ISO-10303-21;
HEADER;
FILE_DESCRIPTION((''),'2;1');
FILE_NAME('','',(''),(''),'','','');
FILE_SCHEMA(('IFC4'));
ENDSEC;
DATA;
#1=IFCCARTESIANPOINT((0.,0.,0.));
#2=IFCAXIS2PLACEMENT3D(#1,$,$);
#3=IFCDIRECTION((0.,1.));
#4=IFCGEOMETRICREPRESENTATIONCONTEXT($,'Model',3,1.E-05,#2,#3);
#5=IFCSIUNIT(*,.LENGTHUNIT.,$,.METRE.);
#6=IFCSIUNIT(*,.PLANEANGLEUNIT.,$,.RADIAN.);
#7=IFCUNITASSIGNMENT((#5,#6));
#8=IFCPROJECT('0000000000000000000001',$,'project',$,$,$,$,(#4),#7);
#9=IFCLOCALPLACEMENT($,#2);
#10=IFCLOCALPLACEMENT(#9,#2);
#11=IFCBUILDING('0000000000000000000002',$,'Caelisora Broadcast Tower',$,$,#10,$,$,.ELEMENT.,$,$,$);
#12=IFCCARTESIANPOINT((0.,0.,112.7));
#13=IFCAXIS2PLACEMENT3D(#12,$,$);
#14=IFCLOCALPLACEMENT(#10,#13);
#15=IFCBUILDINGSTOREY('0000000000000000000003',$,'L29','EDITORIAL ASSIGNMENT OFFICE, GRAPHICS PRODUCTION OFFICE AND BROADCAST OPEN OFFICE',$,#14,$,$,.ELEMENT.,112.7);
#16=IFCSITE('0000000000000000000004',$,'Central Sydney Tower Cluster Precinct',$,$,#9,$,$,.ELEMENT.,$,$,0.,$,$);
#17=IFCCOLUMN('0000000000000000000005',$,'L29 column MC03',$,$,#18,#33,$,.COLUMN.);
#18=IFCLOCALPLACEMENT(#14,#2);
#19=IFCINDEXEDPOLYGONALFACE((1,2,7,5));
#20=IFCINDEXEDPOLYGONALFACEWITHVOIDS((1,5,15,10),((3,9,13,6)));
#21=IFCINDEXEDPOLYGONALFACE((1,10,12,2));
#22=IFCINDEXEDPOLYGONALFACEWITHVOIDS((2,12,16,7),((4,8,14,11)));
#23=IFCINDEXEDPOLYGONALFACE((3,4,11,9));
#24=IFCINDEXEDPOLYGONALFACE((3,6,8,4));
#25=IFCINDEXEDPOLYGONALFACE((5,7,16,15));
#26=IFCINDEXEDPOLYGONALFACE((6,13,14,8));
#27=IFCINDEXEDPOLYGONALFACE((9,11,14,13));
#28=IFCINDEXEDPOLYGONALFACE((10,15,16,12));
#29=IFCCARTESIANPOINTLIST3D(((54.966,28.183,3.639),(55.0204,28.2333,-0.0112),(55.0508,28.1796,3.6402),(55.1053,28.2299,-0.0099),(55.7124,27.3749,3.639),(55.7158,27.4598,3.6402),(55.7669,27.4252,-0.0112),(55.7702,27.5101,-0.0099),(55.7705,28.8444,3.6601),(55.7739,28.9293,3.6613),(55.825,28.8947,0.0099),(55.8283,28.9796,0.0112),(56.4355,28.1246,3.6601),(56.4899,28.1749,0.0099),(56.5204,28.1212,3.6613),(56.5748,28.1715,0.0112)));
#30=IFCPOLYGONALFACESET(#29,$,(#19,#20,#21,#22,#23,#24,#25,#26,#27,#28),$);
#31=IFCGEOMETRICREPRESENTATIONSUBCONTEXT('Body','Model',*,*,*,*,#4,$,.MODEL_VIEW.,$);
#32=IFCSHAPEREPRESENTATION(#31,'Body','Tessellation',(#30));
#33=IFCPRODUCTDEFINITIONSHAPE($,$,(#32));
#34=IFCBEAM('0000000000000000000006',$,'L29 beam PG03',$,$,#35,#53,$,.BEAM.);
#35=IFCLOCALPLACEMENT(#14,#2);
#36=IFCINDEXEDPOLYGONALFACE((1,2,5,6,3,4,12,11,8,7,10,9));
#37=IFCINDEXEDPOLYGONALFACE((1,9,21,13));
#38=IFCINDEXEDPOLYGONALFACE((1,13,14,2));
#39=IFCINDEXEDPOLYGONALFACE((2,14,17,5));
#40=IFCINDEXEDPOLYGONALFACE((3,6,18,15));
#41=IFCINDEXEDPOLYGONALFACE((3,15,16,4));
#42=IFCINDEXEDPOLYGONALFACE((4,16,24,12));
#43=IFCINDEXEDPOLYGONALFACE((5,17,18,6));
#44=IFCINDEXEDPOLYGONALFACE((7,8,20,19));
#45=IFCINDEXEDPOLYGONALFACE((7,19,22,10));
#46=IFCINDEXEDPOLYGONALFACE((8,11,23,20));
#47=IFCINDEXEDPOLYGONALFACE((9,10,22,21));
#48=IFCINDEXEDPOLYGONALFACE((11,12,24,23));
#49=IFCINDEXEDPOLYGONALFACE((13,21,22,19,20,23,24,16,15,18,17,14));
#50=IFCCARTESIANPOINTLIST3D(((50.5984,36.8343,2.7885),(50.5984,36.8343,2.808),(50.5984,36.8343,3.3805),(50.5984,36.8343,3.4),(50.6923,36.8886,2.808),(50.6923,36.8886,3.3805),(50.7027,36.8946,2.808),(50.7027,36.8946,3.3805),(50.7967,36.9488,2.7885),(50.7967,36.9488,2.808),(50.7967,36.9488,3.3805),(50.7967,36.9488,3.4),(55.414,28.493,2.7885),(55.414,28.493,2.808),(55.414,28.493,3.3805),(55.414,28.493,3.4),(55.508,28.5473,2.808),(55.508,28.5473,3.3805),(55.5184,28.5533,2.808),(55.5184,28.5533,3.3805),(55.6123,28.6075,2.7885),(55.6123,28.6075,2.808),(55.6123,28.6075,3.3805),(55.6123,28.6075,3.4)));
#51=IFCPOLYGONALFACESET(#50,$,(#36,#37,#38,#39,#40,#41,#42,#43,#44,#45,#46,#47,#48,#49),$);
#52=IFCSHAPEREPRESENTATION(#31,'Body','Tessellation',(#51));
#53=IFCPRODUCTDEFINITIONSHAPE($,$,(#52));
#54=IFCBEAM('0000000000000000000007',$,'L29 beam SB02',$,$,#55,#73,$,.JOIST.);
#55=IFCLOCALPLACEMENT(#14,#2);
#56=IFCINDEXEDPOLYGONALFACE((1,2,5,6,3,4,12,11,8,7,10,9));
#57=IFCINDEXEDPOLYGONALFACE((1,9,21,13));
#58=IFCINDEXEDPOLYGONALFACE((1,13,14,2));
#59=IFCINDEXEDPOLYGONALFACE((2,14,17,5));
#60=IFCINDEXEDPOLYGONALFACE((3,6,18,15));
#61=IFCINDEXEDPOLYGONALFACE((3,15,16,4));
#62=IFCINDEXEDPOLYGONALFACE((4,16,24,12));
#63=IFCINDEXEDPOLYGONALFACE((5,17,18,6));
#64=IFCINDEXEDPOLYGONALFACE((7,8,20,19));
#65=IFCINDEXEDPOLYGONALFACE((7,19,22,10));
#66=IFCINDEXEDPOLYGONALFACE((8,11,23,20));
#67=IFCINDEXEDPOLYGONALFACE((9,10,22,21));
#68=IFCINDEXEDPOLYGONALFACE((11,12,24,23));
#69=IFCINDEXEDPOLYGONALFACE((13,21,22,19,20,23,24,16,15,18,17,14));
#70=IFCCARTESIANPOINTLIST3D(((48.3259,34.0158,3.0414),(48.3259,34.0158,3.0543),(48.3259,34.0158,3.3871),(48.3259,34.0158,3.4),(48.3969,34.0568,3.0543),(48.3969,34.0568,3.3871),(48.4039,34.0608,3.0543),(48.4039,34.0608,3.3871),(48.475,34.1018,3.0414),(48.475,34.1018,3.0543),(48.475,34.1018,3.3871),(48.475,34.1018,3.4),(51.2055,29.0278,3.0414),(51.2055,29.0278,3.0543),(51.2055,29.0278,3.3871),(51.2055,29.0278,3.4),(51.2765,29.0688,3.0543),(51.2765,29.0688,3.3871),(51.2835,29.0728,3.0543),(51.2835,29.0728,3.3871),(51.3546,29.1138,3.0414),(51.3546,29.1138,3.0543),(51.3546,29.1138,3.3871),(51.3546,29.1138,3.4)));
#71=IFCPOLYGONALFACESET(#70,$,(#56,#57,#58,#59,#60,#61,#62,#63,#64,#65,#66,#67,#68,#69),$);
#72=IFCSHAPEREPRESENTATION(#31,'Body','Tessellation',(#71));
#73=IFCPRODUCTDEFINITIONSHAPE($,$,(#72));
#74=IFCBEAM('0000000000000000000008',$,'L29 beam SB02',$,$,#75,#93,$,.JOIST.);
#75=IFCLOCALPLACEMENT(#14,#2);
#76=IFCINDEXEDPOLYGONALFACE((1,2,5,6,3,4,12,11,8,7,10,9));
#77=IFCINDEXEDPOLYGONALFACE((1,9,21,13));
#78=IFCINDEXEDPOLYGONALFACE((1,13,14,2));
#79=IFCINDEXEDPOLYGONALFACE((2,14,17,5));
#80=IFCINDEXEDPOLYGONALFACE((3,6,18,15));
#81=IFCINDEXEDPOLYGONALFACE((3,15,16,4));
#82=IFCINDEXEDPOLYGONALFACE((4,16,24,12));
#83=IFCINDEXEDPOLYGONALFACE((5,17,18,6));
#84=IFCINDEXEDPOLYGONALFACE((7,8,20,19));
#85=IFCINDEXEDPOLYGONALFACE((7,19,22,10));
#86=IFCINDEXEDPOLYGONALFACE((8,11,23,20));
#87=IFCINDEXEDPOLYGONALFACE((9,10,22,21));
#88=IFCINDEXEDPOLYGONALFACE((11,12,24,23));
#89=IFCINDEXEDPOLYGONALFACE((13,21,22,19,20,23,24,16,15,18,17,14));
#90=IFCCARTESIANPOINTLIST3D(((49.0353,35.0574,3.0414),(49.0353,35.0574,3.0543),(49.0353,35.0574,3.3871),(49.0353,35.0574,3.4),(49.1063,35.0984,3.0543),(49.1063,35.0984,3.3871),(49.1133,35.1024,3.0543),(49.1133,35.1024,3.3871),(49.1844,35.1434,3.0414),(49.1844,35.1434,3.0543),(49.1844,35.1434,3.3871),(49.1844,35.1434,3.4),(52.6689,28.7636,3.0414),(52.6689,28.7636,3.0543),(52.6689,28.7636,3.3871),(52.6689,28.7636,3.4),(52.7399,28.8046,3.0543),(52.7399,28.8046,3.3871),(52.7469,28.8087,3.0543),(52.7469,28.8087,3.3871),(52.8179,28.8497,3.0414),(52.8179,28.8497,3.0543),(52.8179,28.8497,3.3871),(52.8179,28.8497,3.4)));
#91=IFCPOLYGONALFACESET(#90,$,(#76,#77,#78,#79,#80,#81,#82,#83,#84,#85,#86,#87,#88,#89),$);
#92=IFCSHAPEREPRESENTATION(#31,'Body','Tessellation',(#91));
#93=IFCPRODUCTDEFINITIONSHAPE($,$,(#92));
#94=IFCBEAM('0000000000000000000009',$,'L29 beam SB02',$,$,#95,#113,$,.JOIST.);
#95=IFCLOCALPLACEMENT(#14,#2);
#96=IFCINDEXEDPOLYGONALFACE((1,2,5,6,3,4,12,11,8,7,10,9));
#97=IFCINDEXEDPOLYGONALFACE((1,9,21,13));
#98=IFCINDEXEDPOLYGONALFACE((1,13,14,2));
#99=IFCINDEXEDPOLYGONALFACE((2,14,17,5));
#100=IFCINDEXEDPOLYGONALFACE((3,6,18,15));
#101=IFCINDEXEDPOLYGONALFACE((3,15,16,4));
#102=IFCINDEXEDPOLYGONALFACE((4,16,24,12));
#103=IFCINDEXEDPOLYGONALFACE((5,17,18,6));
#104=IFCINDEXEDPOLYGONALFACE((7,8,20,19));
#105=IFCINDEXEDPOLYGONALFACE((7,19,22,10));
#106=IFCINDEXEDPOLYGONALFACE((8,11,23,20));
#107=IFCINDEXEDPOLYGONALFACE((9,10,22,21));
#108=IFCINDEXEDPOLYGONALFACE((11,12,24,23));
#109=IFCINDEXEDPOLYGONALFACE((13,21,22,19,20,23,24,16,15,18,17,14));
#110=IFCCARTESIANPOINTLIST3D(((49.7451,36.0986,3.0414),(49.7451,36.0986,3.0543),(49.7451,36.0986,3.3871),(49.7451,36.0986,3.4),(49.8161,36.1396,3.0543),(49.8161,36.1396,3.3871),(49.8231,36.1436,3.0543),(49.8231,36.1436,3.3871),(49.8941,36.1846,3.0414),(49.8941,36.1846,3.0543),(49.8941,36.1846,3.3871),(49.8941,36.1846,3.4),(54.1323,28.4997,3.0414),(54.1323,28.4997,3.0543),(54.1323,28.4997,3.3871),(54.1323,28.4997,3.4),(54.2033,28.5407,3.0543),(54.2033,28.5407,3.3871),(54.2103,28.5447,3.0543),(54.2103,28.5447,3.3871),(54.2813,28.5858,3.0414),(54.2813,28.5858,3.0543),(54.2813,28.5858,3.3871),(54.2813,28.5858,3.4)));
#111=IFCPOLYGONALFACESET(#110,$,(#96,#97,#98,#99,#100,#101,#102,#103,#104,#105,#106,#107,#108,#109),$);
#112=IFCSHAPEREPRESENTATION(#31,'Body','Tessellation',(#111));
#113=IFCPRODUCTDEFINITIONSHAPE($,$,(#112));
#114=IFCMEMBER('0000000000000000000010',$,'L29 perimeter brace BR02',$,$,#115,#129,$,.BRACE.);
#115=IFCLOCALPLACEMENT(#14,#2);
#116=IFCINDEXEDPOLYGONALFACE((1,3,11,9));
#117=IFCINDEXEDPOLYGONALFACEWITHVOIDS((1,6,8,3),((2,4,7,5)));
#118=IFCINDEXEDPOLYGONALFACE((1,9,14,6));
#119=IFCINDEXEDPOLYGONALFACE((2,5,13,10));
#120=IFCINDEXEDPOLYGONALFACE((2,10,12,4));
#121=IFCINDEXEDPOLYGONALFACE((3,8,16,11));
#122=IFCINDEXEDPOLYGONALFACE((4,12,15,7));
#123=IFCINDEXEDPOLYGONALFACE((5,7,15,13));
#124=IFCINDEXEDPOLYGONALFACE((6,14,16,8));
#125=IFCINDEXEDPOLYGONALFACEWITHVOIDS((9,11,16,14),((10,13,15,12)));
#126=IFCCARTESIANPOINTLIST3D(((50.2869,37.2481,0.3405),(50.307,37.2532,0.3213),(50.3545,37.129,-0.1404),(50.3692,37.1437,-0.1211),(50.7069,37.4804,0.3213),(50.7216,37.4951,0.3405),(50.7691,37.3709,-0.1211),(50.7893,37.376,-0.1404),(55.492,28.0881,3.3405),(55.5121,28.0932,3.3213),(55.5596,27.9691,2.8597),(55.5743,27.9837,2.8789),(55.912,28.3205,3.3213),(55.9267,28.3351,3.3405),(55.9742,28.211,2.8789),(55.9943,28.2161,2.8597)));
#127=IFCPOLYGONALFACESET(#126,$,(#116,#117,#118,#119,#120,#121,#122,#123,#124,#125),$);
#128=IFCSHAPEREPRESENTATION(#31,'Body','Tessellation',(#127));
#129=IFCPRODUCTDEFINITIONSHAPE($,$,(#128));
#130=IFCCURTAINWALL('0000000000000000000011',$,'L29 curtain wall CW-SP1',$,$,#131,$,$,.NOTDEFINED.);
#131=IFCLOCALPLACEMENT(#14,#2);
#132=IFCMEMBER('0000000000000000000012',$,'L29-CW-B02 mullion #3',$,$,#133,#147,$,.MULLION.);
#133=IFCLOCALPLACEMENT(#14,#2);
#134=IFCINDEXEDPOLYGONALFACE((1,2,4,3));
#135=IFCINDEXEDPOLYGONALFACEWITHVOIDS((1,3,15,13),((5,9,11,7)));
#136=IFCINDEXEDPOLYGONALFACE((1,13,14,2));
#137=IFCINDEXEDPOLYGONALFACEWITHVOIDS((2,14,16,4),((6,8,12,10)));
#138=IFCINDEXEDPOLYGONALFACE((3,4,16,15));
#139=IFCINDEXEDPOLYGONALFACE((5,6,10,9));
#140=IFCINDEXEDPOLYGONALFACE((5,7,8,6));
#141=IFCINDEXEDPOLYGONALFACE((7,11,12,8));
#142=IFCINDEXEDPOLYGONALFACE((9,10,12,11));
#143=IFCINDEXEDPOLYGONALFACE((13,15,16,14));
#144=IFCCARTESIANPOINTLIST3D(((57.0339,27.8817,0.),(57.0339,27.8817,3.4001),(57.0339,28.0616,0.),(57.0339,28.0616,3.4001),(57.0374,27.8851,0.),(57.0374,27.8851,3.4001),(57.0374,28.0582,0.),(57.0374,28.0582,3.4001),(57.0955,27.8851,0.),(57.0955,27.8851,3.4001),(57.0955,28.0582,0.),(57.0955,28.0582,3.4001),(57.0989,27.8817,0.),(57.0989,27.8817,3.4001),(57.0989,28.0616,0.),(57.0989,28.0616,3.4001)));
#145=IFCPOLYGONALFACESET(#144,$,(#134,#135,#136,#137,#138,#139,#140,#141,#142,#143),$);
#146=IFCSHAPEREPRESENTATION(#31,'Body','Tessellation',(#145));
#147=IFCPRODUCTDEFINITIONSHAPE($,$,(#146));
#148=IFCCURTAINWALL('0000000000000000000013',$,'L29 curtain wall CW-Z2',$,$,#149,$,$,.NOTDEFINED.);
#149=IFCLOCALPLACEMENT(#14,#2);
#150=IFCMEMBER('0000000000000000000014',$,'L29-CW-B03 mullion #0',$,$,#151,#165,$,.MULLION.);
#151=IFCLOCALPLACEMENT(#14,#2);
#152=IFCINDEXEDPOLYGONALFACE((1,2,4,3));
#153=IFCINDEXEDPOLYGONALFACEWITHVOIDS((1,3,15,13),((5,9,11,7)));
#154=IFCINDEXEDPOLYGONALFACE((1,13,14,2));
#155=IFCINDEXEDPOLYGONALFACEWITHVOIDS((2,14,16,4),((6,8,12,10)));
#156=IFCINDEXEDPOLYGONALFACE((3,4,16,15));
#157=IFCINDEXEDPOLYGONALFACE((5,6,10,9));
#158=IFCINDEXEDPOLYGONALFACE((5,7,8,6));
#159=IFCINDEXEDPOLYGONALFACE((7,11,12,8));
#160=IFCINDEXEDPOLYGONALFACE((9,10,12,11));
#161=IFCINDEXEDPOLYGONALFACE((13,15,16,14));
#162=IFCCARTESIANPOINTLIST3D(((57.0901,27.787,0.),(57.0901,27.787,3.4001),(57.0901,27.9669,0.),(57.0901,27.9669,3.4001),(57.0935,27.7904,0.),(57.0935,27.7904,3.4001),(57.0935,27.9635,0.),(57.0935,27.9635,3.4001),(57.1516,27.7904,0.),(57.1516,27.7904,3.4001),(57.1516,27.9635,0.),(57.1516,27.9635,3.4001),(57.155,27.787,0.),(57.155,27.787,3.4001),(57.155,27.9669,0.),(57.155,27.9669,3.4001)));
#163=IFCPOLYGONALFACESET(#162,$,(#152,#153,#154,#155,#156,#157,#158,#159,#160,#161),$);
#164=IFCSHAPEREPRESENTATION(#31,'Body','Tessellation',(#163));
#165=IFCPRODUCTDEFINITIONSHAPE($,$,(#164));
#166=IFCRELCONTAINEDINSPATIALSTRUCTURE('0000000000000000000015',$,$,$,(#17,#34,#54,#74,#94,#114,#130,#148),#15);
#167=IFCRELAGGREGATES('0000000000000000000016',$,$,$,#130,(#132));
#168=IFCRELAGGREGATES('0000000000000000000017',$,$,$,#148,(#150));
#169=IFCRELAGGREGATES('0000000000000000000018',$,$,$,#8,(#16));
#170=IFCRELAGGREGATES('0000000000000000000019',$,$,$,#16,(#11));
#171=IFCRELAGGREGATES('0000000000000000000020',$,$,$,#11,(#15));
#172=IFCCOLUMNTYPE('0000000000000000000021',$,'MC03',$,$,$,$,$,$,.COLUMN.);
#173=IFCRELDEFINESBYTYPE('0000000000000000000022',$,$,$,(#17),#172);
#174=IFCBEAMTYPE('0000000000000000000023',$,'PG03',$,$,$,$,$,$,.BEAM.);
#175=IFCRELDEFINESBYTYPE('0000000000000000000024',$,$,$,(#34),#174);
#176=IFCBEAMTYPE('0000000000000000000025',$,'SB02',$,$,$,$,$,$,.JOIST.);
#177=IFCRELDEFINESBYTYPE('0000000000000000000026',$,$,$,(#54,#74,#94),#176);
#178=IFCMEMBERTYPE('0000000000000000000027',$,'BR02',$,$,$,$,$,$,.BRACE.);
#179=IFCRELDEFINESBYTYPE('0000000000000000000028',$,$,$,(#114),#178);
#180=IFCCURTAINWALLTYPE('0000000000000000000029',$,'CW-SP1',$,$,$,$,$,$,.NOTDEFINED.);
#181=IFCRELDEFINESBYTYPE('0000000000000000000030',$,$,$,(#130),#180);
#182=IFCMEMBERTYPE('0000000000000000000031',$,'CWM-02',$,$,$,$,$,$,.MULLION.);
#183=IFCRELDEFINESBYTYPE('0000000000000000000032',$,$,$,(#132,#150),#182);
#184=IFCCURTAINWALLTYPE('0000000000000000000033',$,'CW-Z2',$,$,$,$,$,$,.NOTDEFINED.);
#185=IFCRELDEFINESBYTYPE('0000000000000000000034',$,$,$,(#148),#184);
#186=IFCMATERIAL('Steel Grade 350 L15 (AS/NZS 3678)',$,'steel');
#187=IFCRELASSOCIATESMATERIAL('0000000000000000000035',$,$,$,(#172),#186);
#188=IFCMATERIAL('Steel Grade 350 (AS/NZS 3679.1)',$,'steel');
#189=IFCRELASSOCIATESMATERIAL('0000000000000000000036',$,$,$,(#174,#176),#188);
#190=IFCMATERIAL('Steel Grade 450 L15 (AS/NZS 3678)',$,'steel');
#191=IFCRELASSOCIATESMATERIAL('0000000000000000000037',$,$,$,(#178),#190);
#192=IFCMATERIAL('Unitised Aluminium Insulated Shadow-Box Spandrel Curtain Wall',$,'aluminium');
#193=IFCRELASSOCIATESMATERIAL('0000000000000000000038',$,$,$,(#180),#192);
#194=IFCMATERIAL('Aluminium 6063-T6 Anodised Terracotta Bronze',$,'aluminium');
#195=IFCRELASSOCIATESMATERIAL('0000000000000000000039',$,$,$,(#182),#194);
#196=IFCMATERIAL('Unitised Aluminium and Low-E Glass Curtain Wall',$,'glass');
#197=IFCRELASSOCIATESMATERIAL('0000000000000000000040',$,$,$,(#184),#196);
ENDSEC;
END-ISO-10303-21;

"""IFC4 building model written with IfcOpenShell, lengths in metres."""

from ifc_helpers import new_model, si_unit, direction, frame, origin, origin_2d, place, context, subcontext, project, spatial, hollow_rectangle, i_section, extrude, source, transform, mapped, material, material_profile, profile_set, type_object, type_shapes, element, aggregate, save


model = new_model("IFC4")

# Units and contexts
model_context = context("Model", 3, precision=1e-05, world=origin(), true_north=direction((0.0, 1.0)))
body_context = subcontext(model_context, "Body", "Model", "MODEL_VIEW")
ifc_project = project(units=[si_unit("LENGTHUNIT", "METRE"), si_unit("PLANEANGLEUNIT", "RADIAN")], contexts=[model_context])

# Site, building, storey
site_placement = place(None, origin())
site = spatial("IfcSite", under=ifc_project, at=site_placement, Name="Central Sydney Tower Cluster Precinct", CompositionType="ELEMENT", RefElevation=0.0)
building_placement = place(site_placement, origin())
building = spatial("IfcBuilding", under=site, at=building_placement, Name="Caelisora Broadcast Tower", CompositionType="ELEMENT")
storey_placement = place(building_placement, frame((0.0, 0.0, 112.7)))
storey = spatial("IfcBuildingStorey", under=building, at=storey_placement, Name="L29", Description="EDITORIAL ASSIGNMENT OFFICE, GRAPHICS PRODUCTION OFFICE AND BROADCAST OPEN OFFICE", CompositionType="ELEMENT", Elevation=112.7)

# Column
ifc_material_1 = material(Name="Steel Grade 350 L15 (AS/NZS 3678)", Category="steel")
ifc_material_profile_1 = material_profile(ifc_material_1, hollow_rectangle(XDim=1.1001, YDim=1.1001, WallThickness=0.0601, at=origin_2d()), Name="Steel Grade 350 L15 (AS/NZS 3678)")
ifc_profile_set_1 = profile_set([ifc_material_profile_1], Name="Steel Grade 350 L15 (AS/NZS 3678)")
column_type = type_object("IfcColumnType", Name="MC03", PredefinedType="COLUMN", material=ifc_profile_set_1)
shared_shape_1 = source(origin(), body_context, "Body", "SweptSolid", [
    extrude(hollow_rectangle(XDim=1.1001, YDim=1.1001, WallThickness=0.0601, at=origin_2d()), origin(), (0.0, 0.0, 1.0), 3.6509),
])
type_shapes(column_type, [shared_shape_1])
column_placement = place(storey_placement, frame((55.7976, 28.2024, 0.0), z_axis=(-0.014912, -0.013776, 0.999794), x_axis=(0.678554, -0.734551, 0.0)))
element("IfcColumn", 1, at=column_placement, inside=storey, type_object=column_type, Name="L29 column MC03", PredefinedType="COLUMN", context=body_context, shape_type="MappedRepresentation", body=[
    mapped(shared_shape_1, transform((0.0, 0.0, 0.0), scale=1.0)),
])

# Beams
ifc_material_2 = material(Name="Steel Grade 350 (AS/NZS 3679.1)", Category="steel")
ifc_material_profile_2 = material_profile(ifc_material_2, i_section(OverallWidth=0.229, OverallDepth=0.6116, WebThickness=0.012, FlangeThickness=0.0195, at=origin_2d()), Name="Steel Grade 350 (AS/NZS 3679.1)")
ifc_profile_set_2 = profile_set([ifc_material_profile_2], Name="Steel Grade 350 (AS/NZS 3679.1)")
beam_type_1 = type_object("IfcBeamType", Name="PG03", PredefinedType="BEAM", material=ifc_profile_set_2)
shared_shape_2 = source(origin(), body_context, "Body", "SweptSolid", [
    extrude(i_section(OverallWidth=0.229, OverallDepth=0.6116, WebThickness=0.012, FlangeThickness=0.0195, at=origin_2d()), origin(), (0.0, 0.0, 1.0), 9.6316),
])
type_shapes(beam_type_1, [shared_shape_2])
beam_1_placement = place(storey_placement, frame((55.5132, 28.5503, 3.0942), z_axis=(-0.499986, 0.866034, 0.0), x_axis=(-0.866034, -0.499986, 0.0)))
element("IfcBeam", 2, at=beam_1_placement, inside=storey, type_object=beam_type_1, Name="L29 beam PG03", PredefinedType="BEAM", context=body_context, shape_type="MappedRepresentation", body=[
    mapped(shared_shape_2, transform((0.0, 0.0, 0.0), scale=1.0)),
])
ifc_material_profile_3 = material_profile(ifc_material_2, i_section(OverallWidth=0.1721, OverallDepth=0.3586, WebThickness=0.0081, FlangeThickness=0.0129, at=origin_2d()), Name="Steel Grade 350 (AS/NZS 3679.1)")
ifc_profile_set_3 = profile_set([ifc_material_profile_3], Name="Steel Grade 350 (AS/NZS 3679.1)")
beam_type_2 = type_object("IfcBeamType", Name="SB02", PredefinedType="JOIST", material=ifc_profile_set_3)
shared_shape_3 = source(origin(), body_context, "Body", "SweptSolid", [
    extrude(i_section(OverallWidth=0.1721, OverallDepth=0.3586, WebThickness=0.0081, FlangeThickness=0.0129, at=origin_2d()), origin(), (0.0, 0.0, 1.0), 5.7595),
])
beam_2_placement = place(storey_placement, frame((51.28, 29.0708, 3.2207), z_axis=(-0.499973, 0.866041, 0.0), x_axis=(-0.866041, -0.499973, 0.0)))
element("IfcBeam", 3, at=beam_2_placement, inside=storey, type_object=beam_type_2, Name="L29 beam SB02", PredefinedType="JOIST", context=body_context, shape_type="MappedRepresentation", body=[
    mapped(shared_shape_3, transform((0.0, 0.0, 0.0), scale=1.0)),
])
shared_shape_4 = source(origin(), body_context, "Body", "SweptSolid", [
    extrude(i_section(OverallWidth=0.1721, OverallDepth=0.3586, WebThickness=0.0081, FlangeThickness=0.0129, at=origin_2d()), origin(), (0.0, 0.0, 1.0), 7.2673),
])
beam_3_placement = place(storey_placement, frame((52.7434, 28.8066, 3.2207), z_axis=(-0.499987, 0.866033, 0.0), x_axis=(-0.866033, -0.499987, 0.0)))
element("IfcBeam", 4, at=beam_3_placement, inside=storey, type_object=beam_type_2, Name="L29 beam SB02", PredefinedType="JOIST", context=body_context, shape_type="MappedRepresentation", body=[
    mapped(shared_shape_4, transform((0.0, 0.0, 0.0), scale=1.0)),
])
shared_shape_5 = source(origin(), body_context, "Body", "SweptSolid", [
    extrude(i_section(OverallWidth=0.1721, OverallDepth=0.3586, WebThickness=0.0081, FlangeThickness=0.0129, at=origin_2d()), origin(), (0.0, 0.0, 1.0), 8.7744),
])
type_shapes(beam_type_2, [shared_shape_3, shared_shape_4, shared_shape_5])
beam_4_placement = place(storey_placement, frame((54.2068, 28.5427, 3.2207), z_axis=(-0.499999, 0.866026, 0.0), x_axis=(-0.866026, -0.499999, 0.0)))
element("IfcBeam", 5, at=beam_4_placement, inside=storey, type_object=beam_type_2, Name="L29 beam SB02", PredefinedType="JOIST", context=body_context, shape_type="MappedRepresentation", body=[
    mapped(shared_shape_5, transform((0.0, 0.0, 0.0), scale=1.0)),
])

# Member
ifc_material_3 = material(Name="Steel Grade 450 L15 (AS/NZS 3678)", Category="steel")
ifc_material_profile_4 = material_profile(ifc_material_3, hollow_rectangle(XDim=0.5, YDim=0.5, WallThickness=0.02, at=origin_2d()), Name="Steel Grade 450 L15 (AS/NZS 3678)")
ifc_profile_set_4 = profile_set([ifc_material_profile_4], Name="Steel Grade 450 L15 (AS/NZS 3678)")
member_type_1 = type_object("IfcMemberType", Name="BR02", PredefinedType="BRACE", material=ifc_profile_set_4)
shared_shape_6 = source(origin(), body_context, "Body", "SweptSolid", [
    extrude(hollow_rectangle(XDim=0.5, YDim=0.5, WallThickness=0.02, at=origin_2d()), origin(), (0.0, 0.0, 1.0), 10.9543),
])
type_shapes(member_type_1, [shared_shape_6])
member_1_placement = place(storey_placement, frame((55.7432, 28.1521, 3.1001), z_axis=(-0.475163, 0.836193, -0.273865), x_axis=(-0.869433, -0.494051, 0.0)))
element("IfcMember", 6, at=member_1_placement, inside=storey, type_object=member_type_1, Name="L29 perimeter brace BR02", PredefinedType="BRACE", context=body_context, shape_type="MappedRepresentation", body=[
    mapped(shared_shape_6, transform((0.0, 0.0, 0.0), scale=1.0)),
])

# Curtain wall, member
ifc_material_4 = material(Name="Unitised Aluminium Insulated Shadow-Box Spandrel Curtain Wall", Category="aluminium")
curtain_wall_type_1 = type_object("IfcCurtainWallType", Name="CW-SP1", PredefinedType="NOTDEFINED", material=ifc_material_4)
curtain_wall_1_placement = place(storey_placement, origin())
curtain_wall_1 = element("IfcCurtainWall", 7, at=curtain_wall_1_placement, inside=storey, type_object=curtain_wall_type_1, Name="L29 curtain wall CW-SP1", PredefinedType="NOTDEFINED")
ifc_material_5 = material(Name="Aluminium 6063-T6 Anodised Terracotta Bronze", Category="aluminium")
ifc_material_profile_5 = material_profile(ifc_material_5, hollow_rectangle(XDim=0.0649, YDim=0.1799, WallThickness=0.0034, at=origin_2d()), Name="Aluminium 6063-T6 Anodised Terracotta Bronze")
ifc_profile_set_5 = profile_set([ifc_material_profile_5], Name="Aluminium 6063-T6 Anodised Terracotta Bronze")
member_type_2 = type_object("IfcMemberType", Name="CWM-02", PredefinedType="MULLION", material=ifc_profile_set_5)
shared_shape_7 = source(origin(), body_context, "Body", "SweptSolid", [
    extrude(hollow_rectangle(XDim=0.0649, YDim=0.1799, WallThickness=0.0034, at=origin_2d()), origin(), (0.0, 0.0, 1.0), 3.4001),
])
type_shapes(member_type_2, [shared_shape_7])
member_2_placement = place(storey_placement, frame((57.0664, 27.9717, 0.0), z_axis=(0.0, 0.0, 1.0), x_axis=(1.0, 0.0, 0.0)))
member_2 = element("IfcMember", 8, at=member_2_placement, type_object=member_type_2, Name="L29-CW-B02 mullion #3", PredefinedType="MULLION", context=body_context, shape_type="MappedRepresentation", body=[
    mapped(shared_shape_7, transform((0.0, 0.0, 0.0), scale=1.0)),
])

# Curtain wall, member
ifc_material_6 = material(Name="Unitised Aluminium and Low-E Glass Curtain Wall", Category="glass")
curtain_wall_type_2 = type_object("IfcCurtainWallType", Name="CW-Z2", PredefinedType="NOTDEFINED", material=ifc_material_6)
curtain_wall_2_placement = place(storey_placement, origin())
curtain_wall_2 = element("IfcCurtainWall", 9, at=curtain_wall_2_placement, inside=storey, type_object=curtain_wall_type_2, Name="L29 curtain wall CW-Z2", PredefinedType="NOTDEFINED")
member_3_placement = place(storey_placement, frame((57.1226, 27.877, 0.0), z_axis=(0.0, 0.0, 1.0), x_axis=(1.0, 0.0, 0.0)))
member_3 = element("IfcMember", 10, at=member_3_placement, type_object=member_type_2, Name="L29-CW-B03 mullion #0", PredefinedType="MULLION", context=body_context, shape_type="MappedRepresentation", body=[
    mapped(shared_shape_7, transform((0.0, 0.0, 0.0), scale=1.0)),
])

aggregate(curtain_wall_1, [member_2])
aggregate(curtain_wall_2, [member_3])

save(model, "model.ifc")
